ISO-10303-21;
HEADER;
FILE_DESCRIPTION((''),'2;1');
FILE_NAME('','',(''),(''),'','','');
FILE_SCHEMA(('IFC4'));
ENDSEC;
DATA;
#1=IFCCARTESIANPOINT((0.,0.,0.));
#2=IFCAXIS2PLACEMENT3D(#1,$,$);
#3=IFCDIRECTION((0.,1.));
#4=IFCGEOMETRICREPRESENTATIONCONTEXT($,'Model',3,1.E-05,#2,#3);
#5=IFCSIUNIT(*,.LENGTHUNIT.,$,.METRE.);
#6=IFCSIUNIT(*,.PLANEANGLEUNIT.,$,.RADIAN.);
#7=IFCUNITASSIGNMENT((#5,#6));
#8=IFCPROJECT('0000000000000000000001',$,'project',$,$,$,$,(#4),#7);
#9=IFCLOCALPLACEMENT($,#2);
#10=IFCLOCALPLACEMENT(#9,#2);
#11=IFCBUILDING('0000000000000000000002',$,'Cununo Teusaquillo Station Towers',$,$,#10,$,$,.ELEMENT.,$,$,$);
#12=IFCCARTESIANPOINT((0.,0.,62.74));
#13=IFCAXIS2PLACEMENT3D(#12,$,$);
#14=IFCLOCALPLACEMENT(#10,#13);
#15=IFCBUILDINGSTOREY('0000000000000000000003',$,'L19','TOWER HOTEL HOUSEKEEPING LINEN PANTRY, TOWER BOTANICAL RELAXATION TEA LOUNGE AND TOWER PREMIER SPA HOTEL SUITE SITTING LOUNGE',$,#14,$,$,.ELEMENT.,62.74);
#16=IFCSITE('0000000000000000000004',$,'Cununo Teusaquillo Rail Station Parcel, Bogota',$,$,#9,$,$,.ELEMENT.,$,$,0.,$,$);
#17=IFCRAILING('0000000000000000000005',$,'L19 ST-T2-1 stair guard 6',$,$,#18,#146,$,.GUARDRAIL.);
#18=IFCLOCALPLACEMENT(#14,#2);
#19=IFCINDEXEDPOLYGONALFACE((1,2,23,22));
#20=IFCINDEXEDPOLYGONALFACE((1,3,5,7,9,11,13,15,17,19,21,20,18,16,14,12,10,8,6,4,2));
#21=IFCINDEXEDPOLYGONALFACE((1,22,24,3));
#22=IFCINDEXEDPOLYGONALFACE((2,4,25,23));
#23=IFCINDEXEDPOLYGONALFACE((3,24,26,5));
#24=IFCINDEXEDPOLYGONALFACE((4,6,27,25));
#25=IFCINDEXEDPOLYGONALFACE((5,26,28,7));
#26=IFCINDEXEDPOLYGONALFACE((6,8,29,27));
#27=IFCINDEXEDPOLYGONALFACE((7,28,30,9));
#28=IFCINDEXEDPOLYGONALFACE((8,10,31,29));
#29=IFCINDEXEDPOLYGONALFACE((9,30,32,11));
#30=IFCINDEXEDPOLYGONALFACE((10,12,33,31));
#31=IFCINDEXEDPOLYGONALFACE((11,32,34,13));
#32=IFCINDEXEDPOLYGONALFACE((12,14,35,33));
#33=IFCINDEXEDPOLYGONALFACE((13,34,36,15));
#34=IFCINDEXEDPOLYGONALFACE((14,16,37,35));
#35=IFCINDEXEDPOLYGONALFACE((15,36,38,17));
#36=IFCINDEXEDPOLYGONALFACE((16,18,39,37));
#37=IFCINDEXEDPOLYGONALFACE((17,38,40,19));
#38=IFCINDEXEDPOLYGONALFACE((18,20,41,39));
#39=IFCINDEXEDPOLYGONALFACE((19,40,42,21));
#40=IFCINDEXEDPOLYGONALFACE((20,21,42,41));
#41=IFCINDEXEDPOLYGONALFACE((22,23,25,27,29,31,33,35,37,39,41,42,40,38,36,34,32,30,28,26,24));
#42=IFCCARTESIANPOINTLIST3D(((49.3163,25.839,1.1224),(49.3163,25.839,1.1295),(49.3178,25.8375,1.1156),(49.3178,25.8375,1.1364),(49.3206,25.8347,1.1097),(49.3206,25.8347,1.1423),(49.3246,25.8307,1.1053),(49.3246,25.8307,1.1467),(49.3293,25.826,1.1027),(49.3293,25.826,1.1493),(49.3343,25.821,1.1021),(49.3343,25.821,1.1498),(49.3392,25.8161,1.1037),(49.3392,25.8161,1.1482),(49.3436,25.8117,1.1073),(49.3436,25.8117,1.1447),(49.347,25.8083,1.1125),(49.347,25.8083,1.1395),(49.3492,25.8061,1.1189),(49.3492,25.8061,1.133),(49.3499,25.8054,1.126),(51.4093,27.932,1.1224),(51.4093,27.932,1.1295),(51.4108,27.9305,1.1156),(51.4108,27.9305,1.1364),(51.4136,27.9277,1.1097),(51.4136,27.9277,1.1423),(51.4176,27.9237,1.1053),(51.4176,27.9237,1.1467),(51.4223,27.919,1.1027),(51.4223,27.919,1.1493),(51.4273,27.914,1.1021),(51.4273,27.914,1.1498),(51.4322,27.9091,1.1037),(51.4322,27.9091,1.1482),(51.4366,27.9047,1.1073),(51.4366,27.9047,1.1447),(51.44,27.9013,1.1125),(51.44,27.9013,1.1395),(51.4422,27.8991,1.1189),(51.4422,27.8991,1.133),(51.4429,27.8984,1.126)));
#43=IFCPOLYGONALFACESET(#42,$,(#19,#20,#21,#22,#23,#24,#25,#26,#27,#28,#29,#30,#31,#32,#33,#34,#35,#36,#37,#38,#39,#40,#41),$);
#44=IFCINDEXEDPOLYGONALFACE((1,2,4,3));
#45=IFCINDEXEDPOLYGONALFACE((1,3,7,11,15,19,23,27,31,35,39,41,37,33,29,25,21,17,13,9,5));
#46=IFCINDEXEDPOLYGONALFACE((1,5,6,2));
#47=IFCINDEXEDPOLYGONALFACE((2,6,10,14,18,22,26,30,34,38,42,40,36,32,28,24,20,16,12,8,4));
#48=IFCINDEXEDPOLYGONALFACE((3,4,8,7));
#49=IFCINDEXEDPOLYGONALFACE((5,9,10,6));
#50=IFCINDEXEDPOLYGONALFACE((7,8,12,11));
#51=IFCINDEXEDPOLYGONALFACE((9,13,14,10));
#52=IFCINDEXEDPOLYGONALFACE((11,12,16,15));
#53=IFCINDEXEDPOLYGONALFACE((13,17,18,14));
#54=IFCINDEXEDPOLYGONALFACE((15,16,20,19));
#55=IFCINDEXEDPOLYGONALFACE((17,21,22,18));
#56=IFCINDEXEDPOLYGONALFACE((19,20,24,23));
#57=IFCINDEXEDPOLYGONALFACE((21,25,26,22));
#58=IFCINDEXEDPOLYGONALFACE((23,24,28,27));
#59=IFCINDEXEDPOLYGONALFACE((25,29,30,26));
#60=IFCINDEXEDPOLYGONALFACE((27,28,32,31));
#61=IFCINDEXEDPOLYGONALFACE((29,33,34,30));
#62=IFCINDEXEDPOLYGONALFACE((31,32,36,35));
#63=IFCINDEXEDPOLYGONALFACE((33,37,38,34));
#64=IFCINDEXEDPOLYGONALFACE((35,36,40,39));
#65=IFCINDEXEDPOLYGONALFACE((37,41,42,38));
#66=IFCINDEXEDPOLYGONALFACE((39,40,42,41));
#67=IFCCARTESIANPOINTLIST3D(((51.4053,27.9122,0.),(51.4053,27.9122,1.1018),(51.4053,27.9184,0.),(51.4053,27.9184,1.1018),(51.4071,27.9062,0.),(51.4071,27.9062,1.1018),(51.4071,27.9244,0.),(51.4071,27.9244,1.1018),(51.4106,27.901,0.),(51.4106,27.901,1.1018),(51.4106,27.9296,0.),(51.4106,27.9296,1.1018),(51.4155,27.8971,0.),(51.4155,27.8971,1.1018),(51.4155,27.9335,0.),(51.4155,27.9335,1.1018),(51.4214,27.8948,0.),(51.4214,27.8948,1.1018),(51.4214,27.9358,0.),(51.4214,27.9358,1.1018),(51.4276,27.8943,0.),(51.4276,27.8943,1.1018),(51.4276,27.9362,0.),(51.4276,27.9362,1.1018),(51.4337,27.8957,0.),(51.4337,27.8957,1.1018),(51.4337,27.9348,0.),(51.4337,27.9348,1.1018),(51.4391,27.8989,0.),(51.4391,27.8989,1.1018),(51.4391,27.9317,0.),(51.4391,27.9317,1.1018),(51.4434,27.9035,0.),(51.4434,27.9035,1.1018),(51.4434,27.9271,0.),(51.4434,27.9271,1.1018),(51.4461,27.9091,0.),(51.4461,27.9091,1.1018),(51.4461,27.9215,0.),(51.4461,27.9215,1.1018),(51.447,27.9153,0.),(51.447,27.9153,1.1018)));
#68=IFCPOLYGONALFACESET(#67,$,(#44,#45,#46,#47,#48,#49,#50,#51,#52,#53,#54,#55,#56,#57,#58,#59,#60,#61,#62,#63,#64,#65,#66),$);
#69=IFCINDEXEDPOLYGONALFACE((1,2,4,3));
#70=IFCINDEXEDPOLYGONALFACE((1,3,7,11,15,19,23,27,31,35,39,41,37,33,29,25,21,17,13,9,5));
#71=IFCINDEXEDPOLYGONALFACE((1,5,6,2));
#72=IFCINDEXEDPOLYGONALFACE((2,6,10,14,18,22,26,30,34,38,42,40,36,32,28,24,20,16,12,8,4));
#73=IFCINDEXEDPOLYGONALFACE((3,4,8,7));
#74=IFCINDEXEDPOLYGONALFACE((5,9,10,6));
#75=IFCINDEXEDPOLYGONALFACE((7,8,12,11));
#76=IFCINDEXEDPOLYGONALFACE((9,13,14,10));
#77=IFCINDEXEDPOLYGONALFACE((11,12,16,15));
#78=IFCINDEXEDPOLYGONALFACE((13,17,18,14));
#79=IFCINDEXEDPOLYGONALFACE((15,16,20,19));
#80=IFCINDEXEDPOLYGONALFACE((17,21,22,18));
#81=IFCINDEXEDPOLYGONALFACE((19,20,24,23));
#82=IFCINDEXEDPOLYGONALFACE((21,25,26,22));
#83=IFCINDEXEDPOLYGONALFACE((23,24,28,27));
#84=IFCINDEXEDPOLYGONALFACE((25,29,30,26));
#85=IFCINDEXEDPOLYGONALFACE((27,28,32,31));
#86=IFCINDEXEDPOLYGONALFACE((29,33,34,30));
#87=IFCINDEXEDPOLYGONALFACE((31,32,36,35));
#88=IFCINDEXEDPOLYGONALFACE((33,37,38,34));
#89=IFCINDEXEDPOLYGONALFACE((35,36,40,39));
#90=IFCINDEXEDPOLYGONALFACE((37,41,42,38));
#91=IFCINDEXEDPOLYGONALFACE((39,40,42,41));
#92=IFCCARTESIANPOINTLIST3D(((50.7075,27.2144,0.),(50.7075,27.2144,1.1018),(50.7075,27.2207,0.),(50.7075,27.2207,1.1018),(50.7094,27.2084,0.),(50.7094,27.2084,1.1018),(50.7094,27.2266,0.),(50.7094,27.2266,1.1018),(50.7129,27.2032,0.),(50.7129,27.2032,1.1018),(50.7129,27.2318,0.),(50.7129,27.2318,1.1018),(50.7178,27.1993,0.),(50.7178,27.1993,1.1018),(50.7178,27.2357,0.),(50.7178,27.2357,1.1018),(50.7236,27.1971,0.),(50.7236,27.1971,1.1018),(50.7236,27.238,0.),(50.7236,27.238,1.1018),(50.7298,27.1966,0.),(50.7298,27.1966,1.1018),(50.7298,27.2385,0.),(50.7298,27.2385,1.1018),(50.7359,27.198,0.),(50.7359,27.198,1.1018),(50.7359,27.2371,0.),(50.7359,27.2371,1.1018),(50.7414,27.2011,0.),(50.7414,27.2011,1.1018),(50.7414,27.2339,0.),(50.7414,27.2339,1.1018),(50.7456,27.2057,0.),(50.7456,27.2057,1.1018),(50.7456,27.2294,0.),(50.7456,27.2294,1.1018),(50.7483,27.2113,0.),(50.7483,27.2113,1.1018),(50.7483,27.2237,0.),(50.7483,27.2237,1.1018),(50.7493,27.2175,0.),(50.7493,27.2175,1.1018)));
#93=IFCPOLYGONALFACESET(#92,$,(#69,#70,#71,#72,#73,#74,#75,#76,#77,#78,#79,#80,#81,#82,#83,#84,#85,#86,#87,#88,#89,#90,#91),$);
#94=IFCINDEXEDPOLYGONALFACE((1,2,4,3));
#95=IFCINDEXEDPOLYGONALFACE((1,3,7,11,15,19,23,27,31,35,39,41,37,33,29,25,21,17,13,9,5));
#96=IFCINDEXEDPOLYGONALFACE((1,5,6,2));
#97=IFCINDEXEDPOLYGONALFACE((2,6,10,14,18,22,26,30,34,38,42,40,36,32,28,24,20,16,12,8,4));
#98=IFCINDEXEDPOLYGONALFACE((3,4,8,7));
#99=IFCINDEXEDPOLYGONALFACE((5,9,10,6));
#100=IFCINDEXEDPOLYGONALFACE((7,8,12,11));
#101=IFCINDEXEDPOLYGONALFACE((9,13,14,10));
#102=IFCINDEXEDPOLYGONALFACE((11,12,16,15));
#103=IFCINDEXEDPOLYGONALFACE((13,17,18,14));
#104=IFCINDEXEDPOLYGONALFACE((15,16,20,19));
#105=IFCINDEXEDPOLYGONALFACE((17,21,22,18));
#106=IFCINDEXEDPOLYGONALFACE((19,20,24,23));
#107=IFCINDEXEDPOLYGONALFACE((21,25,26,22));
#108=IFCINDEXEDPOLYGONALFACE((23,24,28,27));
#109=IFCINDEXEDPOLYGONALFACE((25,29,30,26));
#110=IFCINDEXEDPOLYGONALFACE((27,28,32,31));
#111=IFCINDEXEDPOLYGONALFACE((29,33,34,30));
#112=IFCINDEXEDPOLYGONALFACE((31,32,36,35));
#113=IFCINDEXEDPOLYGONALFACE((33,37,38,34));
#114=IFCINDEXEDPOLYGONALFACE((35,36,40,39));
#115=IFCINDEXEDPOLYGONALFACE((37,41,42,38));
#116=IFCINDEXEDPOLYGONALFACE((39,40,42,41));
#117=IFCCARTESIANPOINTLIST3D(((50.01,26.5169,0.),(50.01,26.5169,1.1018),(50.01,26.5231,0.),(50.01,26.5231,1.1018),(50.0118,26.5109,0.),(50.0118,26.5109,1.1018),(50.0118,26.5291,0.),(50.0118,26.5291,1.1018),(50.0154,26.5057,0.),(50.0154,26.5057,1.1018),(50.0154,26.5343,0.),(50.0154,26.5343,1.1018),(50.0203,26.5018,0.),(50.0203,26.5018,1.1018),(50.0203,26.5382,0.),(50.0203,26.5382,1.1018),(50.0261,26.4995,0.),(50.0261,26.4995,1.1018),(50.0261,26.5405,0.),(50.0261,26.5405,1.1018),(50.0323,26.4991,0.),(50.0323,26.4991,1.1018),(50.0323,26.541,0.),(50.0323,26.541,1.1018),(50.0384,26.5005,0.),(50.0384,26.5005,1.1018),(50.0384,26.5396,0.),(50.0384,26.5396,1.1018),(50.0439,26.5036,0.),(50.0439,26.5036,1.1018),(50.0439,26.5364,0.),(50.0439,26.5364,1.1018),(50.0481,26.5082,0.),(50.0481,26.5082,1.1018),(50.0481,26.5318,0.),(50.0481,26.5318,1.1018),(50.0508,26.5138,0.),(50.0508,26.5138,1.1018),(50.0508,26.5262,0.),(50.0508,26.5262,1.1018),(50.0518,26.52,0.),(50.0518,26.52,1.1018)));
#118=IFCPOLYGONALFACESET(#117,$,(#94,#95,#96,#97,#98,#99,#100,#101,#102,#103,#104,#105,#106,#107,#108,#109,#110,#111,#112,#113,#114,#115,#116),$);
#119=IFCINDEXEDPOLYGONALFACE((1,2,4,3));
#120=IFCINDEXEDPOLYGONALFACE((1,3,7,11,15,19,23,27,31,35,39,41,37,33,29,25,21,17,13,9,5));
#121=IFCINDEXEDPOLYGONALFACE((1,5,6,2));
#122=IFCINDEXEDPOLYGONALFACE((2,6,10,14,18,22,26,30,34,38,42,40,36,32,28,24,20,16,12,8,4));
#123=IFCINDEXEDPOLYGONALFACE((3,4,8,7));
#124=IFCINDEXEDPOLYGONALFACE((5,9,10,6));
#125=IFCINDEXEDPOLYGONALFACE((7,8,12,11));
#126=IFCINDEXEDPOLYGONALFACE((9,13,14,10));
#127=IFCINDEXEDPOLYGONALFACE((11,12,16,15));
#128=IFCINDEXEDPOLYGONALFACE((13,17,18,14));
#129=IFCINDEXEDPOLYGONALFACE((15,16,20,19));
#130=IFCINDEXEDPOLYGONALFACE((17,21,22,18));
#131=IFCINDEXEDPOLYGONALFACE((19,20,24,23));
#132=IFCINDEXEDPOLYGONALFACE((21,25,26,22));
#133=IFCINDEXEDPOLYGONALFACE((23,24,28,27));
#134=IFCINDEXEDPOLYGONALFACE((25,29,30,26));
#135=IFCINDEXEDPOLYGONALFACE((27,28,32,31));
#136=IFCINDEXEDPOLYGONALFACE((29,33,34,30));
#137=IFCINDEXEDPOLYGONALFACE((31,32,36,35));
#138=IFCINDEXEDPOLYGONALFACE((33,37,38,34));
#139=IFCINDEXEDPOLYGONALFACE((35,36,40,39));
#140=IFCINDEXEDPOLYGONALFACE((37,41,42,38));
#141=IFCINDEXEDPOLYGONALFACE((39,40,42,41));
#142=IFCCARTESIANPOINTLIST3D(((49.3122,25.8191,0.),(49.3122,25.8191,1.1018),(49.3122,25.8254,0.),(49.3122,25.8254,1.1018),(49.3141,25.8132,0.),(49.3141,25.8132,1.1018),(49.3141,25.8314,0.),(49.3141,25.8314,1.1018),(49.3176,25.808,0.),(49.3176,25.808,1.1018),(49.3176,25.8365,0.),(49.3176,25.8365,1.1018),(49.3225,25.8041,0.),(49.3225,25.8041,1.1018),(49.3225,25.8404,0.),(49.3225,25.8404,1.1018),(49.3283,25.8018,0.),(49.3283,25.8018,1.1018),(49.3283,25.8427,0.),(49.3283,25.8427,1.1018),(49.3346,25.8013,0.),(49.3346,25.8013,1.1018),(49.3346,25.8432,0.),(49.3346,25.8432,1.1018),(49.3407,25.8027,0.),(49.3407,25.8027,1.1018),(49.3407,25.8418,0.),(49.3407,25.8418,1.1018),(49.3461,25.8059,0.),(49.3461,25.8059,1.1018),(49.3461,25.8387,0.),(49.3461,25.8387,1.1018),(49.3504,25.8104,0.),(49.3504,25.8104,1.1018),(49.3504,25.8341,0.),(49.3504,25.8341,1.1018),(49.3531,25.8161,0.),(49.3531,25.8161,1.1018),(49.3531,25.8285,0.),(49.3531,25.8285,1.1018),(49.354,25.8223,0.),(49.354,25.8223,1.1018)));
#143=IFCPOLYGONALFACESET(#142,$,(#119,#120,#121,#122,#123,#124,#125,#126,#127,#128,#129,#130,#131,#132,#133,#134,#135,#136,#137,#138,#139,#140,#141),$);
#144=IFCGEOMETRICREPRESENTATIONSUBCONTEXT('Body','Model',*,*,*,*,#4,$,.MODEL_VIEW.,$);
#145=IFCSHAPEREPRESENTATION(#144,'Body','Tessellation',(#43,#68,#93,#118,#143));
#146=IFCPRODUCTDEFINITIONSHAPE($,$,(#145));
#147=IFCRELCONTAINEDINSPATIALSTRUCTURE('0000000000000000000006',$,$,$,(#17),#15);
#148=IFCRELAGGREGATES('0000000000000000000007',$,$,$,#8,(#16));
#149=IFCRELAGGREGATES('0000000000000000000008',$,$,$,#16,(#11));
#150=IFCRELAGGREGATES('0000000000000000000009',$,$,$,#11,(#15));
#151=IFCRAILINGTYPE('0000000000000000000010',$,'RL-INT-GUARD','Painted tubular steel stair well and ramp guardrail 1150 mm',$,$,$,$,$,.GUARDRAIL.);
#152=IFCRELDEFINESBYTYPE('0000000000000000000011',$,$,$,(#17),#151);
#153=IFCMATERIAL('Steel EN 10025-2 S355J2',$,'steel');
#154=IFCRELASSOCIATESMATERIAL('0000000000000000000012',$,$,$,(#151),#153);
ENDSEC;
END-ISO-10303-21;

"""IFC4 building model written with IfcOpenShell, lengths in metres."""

from ifc_helpers import new_model, si_unit, direction, frame, origin, origin_2d, place, context, subcontext, project, spatial, circle, extrude, material, type_object, element, save


model = new_model("IFC4")

# Units and contexts
model_context = context("Model", 3, precision=1e-05, world=origin(), true_north=direction((0.0, 1.0)))
body_context = subcontext(model_context, "Body", "Model", "MODEL_VIEW")
ifc_project = project(units=[si_unit("LENGTHUNIT", "METRE"), si_unit("PLANEANGLEUNIT", "RADIAN")], contexts=[model_context])

# Site, building, storey
site_placement = place(None, origin())
site = spatial("IfcSite", under=ifc_project, at=site_placement, Name="Cununo Teusaquillo Rail Station Parcel, Bogota", CompositionType="ELEMENT", RefElevation=0.0)
building_placement = place(site_placement, origin())
building = spatial("IfcBuilding", under=site, at=building_placement, Name="Cununo Teusaquillo Station Towers", CompositionType="ELEMENT")
storey_placement = place(building_placement, frame((0.0, 0.0, 62.74)))
storey = spatial("IfcBuildingStorey", under=building, at=storey_placement, Name="L19", Description="TOWER HOTEL HOUSEKEEPING LINEN PANTRY, TOWER BOTANICAL RELAXATION TEA LOUNGE AND TOWER PREMIER SPA HOTEL SUITE SITTING LOUNGE", CompositionType="ELEMENT", Elevation=62.74)

# Railing
ifc_material_1 = material(Name="Steel EN 10025-2 S355J2", Category="steel")
railing_type = type_object("IfcRailingType", Name="RL-INT-GUARD", Description="Painted tubular steel stair well and ramp guardrail 1150 mm", PredefinedType="GUARDRAIL", material=ifc_material_1)
railing_1_placement = place(storey_placement, frame((51.426, 27.9153, 0.0)))
element("IfcRailing", 1, at=railing_1_placement, inside=storey, type_object=railing_type, Name="L19 ST-T2-1 stair guard 6", PredefinedType="GUARDRAIL", context=body_context, shape_type="SweptSolid", body=[
    extrude(circle(Radius=0.0239, at=origin_2d()), frame((0.0, 0.0, 1.126), z_axis=(-0.707107, -0.707107, 0.0), x_axis=(0.707107, -0.707107, 0.0)), (0.0, 0.0, 1.0), 2.96),
    extrude(circle(Radius=0.021, at=origin_2d()), origin(), (0.0, 0.0, 1.0), 1.1018),
    extrude(circle(Radius=0.021, at=origin_2d()), frame((-0.6978, -0.6978, 0.0)), (0.0, 0.0, 1.0), 1.1018),
    extrude(circle(Radius=0.021, at=origin_2d()), frame((-1.3953, -1.3953, 0.0)), (0.0, 0.0, 1.0), 1.1018),
    extrude(circle(Radius=0.021, at=origin_2d()), frame((-2.093, -2.093, 0.0)), (0.0, 0.0, 1.0), 1.1018),
])

save(model, "model.ifc")
